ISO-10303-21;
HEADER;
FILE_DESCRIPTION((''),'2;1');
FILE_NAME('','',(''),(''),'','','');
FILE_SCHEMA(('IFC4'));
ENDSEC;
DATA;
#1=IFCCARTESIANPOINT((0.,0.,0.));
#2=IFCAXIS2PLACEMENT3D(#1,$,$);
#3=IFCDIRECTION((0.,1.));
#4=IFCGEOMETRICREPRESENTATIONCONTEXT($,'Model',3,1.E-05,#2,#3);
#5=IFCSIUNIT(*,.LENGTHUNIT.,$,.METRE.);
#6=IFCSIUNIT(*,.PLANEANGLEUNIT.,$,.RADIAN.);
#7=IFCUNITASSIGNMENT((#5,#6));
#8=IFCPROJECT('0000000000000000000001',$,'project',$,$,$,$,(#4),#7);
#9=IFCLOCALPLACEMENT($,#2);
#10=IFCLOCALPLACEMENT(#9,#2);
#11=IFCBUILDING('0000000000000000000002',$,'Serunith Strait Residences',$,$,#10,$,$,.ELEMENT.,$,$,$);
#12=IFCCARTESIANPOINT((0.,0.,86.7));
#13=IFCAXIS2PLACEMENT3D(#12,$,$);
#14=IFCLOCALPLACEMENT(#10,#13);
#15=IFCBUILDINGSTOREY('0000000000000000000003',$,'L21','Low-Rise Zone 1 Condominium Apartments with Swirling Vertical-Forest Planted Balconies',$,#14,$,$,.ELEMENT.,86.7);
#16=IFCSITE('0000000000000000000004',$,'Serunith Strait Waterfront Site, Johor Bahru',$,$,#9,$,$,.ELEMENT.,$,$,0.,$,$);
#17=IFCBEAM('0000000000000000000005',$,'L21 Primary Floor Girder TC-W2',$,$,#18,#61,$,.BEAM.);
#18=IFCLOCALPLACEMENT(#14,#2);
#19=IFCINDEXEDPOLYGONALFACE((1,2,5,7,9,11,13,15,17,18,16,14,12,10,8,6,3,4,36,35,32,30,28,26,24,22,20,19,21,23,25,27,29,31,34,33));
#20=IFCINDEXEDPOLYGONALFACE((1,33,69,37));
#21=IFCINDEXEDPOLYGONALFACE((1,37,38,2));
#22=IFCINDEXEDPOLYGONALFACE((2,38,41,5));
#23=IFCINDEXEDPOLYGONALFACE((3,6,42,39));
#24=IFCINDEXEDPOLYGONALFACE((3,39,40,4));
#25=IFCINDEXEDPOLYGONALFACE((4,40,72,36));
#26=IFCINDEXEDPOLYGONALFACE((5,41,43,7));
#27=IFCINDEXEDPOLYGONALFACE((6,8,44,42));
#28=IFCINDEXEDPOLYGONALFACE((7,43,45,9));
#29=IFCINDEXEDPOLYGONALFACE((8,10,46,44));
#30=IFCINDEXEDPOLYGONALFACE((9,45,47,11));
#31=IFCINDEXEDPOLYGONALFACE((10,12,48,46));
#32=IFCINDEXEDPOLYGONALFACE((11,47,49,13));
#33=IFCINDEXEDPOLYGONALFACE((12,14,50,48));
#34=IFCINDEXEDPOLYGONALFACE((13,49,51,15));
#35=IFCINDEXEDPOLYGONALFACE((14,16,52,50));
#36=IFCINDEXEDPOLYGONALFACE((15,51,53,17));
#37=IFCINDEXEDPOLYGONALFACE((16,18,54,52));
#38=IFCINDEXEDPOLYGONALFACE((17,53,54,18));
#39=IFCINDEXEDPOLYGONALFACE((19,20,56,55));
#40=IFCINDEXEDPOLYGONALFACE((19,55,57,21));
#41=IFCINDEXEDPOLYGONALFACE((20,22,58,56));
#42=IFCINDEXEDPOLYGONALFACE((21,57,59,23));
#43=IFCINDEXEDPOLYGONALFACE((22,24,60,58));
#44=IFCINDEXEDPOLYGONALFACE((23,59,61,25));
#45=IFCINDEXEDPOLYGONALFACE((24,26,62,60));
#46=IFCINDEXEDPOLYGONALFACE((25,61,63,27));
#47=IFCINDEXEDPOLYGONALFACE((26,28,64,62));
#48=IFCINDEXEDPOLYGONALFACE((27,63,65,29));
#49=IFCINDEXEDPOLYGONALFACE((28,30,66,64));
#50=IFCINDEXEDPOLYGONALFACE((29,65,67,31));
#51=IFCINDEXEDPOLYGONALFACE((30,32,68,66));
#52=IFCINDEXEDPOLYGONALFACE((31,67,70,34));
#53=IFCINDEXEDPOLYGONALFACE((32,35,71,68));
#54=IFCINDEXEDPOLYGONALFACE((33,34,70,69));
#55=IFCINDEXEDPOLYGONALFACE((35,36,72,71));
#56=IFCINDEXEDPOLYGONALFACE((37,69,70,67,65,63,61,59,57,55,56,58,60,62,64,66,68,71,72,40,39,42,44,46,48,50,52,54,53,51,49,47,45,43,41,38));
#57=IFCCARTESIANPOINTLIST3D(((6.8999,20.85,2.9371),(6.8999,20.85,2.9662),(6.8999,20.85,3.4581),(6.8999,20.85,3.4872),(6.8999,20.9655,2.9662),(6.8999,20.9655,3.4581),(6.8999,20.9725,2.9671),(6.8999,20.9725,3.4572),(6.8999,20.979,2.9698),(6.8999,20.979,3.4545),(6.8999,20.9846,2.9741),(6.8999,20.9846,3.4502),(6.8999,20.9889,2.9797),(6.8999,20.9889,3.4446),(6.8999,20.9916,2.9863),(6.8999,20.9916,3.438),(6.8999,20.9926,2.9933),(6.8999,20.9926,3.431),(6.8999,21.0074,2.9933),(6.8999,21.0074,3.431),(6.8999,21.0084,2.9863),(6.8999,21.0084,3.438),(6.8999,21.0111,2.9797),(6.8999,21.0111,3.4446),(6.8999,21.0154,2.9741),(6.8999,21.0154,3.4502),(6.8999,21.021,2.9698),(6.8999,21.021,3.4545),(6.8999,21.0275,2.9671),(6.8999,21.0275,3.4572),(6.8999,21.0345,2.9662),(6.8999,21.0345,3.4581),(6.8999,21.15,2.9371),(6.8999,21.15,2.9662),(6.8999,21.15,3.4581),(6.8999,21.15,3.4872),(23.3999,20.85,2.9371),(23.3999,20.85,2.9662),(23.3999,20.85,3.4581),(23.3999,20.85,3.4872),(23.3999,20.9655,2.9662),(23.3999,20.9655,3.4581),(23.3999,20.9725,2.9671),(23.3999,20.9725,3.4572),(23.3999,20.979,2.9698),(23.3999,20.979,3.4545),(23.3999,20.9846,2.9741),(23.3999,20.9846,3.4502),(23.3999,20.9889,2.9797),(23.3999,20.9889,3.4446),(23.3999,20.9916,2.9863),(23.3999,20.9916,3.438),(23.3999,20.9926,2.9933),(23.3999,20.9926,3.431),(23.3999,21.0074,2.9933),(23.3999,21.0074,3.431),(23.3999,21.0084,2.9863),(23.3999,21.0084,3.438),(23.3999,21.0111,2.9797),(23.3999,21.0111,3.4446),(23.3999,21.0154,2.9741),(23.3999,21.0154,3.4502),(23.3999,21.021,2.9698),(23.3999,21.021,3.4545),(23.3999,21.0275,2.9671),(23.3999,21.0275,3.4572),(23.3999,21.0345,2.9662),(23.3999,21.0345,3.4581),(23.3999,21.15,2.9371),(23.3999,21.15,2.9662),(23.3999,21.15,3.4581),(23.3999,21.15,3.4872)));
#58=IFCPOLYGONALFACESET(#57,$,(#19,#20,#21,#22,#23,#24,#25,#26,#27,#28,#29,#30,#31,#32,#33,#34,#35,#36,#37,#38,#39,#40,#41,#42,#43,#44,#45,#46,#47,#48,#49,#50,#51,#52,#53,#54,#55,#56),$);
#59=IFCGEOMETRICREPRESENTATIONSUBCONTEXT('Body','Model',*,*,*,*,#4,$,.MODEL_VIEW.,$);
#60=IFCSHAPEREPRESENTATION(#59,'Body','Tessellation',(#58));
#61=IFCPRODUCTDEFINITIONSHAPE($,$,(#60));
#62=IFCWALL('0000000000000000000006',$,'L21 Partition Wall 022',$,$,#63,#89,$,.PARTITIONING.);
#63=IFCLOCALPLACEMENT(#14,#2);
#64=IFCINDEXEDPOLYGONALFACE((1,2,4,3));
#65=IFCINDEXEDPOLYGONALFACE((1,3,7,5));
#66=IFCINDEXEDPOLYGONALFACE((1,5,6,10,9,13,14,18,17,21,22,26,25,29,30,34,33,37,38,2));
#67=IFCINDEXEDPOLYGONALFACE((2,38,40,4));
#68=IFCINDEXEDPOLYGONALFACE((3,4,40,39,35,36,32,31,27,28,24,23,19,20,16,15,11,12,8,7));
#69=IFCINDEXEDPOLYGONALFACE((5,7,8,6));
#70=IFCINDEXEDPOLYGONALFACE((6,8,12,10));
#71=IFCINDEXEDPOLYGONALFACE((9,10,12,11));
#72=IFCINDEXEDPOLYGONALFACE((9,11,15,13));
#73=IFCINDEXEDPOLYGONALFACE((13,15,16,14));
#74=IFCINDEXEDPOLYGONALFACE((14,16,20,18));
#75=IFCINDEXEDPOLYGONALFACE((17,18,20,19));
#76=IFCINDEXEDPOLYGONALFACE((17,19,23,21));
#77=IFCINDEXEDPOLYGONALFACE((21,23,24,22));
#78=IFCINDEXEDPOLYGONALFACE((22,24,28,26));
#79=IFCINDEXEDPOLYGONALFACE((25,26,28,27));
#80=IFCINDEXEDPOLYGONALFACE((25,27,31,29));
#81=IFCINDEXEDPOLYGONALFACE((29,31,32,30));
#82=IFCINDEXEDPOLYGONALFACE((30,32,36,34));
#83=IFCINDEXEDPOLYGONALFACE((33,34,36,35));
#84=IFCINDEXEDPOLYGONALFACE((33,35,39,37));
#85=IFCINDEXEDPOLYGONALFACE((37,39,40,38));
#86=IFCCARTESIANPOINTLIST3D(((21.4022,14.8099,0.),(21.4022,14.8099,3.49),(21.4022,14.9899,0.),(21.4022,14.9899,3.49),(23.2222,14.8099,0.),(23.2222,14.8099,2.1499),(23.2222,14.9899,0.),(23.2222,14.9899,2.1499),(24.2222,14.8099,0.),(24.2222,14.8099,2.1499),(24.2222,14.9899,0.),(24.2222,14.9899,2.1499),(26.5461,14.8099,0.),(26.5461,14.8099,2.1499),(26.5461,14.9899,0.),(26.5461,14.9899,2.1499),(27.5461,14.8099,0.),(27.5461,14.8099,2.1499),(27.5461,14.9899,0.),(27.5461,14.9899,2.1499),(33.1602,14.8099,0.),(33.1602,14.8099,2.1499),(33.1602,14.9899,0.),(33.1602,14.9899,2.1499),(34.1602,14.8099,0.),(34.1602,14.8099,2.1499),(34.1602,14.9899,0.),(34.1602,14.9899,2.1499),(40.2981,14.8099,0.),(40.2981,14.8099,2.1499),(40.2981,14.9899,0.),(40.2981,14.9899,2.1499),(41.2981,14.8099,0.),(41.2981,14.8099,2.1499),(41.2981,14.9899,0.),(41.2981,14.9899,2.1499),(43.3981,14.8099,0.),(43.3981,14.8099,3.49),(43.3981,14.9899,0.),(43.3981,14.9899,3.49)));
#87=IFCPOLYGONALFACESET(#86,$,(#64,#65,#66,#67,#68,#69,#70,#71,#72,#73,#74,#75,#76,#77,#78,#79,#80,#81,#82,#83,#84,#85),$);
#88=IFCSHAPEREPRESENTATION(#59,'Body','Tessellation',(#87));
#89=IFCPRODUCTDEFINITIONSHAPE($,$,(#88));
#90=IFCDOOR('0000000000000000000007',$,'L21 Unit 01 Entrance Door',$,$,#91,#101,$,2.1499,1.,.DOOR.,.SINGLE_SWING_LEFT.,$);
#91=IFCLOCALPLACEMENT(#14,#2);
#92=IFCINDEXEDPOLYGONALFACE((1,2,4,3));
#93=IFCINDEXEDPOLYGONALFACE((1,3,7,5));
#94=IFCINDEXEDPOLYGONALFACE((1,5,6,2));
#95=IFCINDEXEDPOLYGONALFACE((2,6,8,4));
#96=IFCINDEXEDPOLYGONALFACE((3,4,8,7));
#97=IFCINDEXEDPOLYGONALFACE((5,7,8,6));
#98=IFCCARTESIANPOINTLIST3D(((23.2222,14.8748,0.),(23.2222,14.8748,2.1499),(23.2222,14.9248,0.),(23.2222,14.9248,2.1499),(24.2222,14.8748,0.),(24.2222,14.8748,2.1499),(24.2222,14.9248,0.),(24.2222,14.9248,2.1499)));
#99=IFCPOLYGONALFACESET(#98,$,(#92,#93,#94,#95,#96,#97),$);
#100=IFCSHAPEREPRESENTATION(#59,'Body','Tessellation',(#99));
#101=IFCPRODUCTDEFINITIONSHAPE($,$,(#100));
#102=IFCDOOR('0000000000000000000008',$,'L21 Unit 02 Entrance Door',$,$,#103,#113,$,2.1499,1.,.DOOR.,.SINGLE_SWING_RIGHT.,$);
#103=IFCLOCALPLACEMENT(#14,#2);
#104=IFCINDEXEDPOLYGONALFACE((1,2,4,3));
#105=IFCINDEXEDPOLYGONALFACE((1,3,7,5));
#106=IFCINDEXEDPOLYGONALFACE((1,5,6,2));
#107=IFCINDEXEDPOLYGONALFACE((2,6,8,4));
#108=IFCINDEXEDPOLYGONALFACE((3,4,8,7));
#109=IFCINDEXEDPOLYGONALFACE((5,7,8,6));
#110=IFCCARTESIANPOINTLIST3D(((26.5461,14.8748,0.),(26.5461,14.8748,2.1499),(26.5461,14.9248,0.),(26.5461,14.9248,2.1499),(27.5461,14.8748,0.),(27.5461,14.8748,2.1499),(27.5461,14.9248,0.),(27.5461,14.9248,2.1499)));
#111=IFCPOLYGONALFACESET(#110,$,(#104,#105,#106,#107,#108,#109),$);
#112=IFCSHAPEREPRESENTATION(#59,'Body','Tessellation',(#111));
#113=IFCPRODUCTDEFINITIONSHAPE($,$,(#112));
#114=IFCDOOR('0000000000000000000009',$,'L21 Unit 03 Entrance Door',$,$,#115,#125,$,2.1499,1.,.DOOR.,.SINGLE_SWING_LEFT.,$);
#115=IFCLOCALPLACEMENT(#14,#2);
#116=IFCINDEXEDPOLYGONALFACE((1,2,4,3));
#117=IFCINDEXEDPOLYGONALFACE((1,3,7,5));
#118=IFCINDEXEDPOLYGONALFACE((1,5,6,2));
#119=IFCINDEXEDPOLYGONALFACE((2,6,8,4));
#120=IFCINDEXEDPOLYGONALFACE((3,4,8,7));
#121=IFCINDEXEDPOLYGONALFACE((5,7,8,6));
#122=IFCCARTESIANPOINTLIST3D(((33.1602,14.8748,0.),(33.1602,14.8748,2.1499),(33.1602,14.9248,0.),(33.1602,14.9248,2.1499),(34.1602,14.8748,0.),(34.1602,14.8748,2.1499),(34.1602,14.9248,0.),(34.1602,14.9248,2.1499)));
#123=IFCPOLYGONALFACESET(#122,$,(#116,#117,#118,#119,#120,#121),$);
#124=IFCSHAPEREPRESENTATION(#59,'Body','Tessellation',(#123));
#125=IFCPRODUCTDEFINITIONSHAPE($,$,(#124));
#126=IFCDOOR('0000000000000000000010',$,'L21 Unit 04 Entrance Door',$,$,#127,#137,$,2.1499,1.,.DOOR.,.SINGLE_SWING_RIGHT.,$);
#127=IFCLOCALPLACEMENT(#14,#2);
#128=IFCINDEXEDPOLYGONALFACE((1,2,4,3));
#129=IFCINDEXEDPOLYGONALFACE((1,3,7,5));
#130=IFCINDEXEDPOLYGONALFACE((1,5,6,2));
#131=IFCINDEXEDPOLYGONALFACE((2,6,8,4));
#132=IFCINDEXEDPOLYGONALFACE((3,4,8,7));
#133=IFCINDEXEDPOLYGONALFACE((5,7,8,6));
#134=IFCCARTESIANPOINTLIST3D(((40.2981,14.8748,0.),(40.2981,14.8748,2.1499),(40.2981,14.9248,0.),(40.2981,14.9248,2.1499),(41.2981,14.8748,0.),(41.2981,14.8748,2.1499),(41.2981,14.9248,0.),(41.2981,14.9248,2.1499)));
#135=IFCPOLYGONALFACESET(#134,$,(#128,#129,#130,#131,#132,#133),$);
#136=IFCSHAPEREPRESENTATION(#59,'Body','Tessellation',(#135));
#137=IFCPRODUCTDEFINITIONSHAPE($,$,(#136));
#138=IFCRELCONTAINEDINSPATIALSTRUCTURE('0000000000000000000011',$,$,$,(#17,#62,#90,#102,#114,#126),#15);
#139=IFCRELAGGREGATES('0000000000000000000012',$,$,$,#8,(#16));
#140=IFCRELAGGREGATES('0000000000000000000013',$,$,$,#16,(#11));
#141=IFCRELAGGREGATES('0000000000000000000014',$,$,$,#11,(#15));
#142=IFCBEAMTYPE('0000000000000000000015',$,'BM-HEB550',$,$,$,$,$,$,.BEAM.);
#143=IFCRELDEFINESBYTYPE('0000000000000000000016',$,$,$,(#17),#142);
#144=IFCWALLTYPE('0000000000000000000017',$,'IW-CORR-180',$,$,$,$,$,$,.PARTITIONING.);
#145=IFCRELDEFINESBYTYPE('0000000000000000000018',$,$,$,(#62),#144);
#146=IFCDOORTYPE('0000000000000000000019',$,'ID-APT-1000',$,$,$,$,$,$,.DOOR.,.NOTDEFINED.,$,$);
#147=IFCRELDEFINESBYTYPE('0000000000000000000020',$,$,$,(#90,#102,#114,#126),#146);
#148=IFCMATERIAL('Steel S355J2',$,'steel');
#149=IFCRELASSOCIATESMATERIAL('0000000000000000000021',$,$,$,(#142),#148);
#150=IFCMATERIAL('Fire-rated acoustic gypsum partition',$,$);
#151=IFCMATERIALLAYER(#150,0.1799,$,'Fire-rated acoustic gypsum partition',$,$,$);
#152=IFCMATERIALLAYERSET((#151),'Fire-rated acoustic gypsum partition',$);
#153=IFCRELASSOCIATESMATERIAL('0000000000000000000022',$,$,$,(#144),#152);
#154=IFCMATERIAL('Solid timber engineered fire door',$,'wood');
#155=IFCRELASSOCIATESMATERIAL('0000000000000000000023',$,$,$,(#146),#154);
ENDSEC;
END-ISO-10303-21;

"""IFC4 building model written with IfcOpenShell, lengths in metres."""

from ifc_helpers import new_model, si_unit, direction, frame, frame_2d, origin, origin_2d, place, context, subcontext, project, spatial, rectangle, i_section, extrude, source, transform, mapped, material, layer, layer_set, material_profile, profile_set, type_object, element, fill, save


model = new_model("IFC4")

# Units and contexts
model_context = context("Model", 3, precision=1e-05, world=origin(), true_north=direction((0.0, 1.0)))
body_context = subcontext(model_context, "Body", "Model", "MODEL_VIEW")
ifc_project = project(units=[si_unit("LENGTHUNIT", "METRE"), si_unit("PLANEANGLEUNIT", "RADIAN")], contexts=[model_context])

# Site, building, storey
site_placement = place(None, origin())
site = spatial("IfcSite", under=ifc_project, at=site_placement, Name="Serunith Strait Waterfront Site, Johor Bahru", CompositionType="ELEMENT", RefElevation=0.0)
building_placement = place(site_placement, origin())
building = spatial("IfcBuilding", under=site, at=building_placement, Name="Serunith Strait Residences", CompositionType="ELEMENT")
storey_placement = place(building_placement, frame((0.0, 0.0, 86.7)))
storey = spatial("IfcBuildingStorey", under=building, at=storey_placement, Name="L21", Description="Low-Rise Zone 1 Condominium Apartments with Swirling Vertical-Forest Planted Balconies", CompositionType="ELEMENT", Elevation=86.7)

# Beam
ifc_material_1 = material(Name="Steel S355J2", Category="steel")
ifc_material_profile = material_profile(ifc_material_1, i_section(OverallWidth=0.3, OverallDepth=0.55, WebThickness=0.0149, FlangeThickness=0.0291, FilletRadius=0.0271, at=origin_2d()), Name="HEB 550")
ifc_profile_set = profile_set([ifc_material_profile], Name="Steel S355J2")
beam_type = type_object("IfcBeamType", Name="BM-HEB550", PredefinedType="BEAM", material=ifc_profile_set)
shared_shape_1 = source(origin(), body_context, "Body", "SweptSolid", [
    extrude(i_section(OverallWidth=0.3, OverallDepth=0.55, WebThickness=0.0149, FlangeThickness=0.0291, FilletRadius=0.0271, at=origin_2d()), origin(), (0.0, 0.0, 1.0), 16.5),
])
beam_placement = place(storey_placement, frame((23.3999, 21.0, 3.2122), z_axis=(-1.0, 0.0, 0.0), x_axis=(0.0, -1.0, 0.0)))
element("IfcBeam", 1, at=beam_placement, inside=storey, type_object=beam_type, Name="L21 Primary Floor Girder TC-W2", PredefinedType="BEAM", context=body_context, shape_type="MappedRepresentation", body=[
    mapped(shared_shape_1, transform((0.0, 0.0, 0.0), scale=1.0)),
])

# Wall, openings, doors
ifc_material_2 = material(Name="Fire-rated acoustic gypsum partition")
ifc_layer_1 = layer(ifc_material_2, 0.1799, Name="Fire-rated acoustic gypsum partition")
ifc_layer_set_1 = layer_set([ifc_layer_1], Name="Fire-rated acoustic gypsum partition")
wall_type_1 = type_object("IfcWallType", Name="IW-CORR-180", PredefinedType="PARTITIONING", material=ifc_layer_set_1)
wall_1_placement = place(storey_placement, frame((21.4021, 14.8999, 0.0), z_axis=(0.0, 0.0, 1.0), x_axis=(1.0, 0.0, 0.0)))
wall_1 = element("IfcWall", 2, at=wall_1_placement, inside=storey, type_object=wall_type_1, Name="L21 Partition Wall 022", PredefinedType="PARTITIONING", context=body_context, shape_type="SweptSolid", body=[
    extrude(rectangle(XDim=21.9958, YDim=0.1799, at=frame_2d((10.998, 0.0))), origin(), (0.0, 0.0, 1.0), 3.49),
])
opening_1_placement = place(wall_1_placement, frame((1.8201, 0.0, 0.0)))
opening_1 = element("IfcOpeningElement", 3, at=opening_1_placement, cuts=wall_1, PredefinedType="OPENING", context=body_context, shape_type="SweptSolid", body=[
    extrude(rectangle(XDim=1.0, YDim=2.1499, at=frame_2d((0.5, 1.075))), frame((0.0, 0.1001, 0.0), z_axis=(0.0, -1.0, 0.0), x_axis=(1.0, 0.0, 0.0)), (0.0, 0.0, 1.0), 0.2),
])
opening_2_placement = place(wall_1_placement, frame((5.144, 0.0, 0.0)))
opening_2 = element("IfcOpeningElement", 4, at=opening_2_placement, cuts=wall_1, PredefinedType="OPENING", context=body_context, shape_type="SweptSolid", body=[
    extrude(rectangle(XDim=1.0, YDim=2.1499, at=frame_2d((0.5, 1.075))), frame((0.0, 0.1001, 0.0), z_axis=(0.0, -1.0, 0.0), x_axis=(1.0, 0.0, 0.0)), (0.0, 0.0, 1.0), 0.2),
])
opening_3_placement = place(wall_1_placement, frame((11.7581, 0.0, 0.0)))
opening_3 = element("IfcOpeningElement", 5, at=opening_3_placement, cuts=wall_1, PredefinedType="OPENING", context=body_context, shape_type="SweptSolid", body=[
    extrude(rectangle(XDim=1.0, YDim=2.1499, at=frame_2d((0.5, 1.075))), frame((0.0, 0.1001, 0.0), z_axis=(0.0, -1.0, 0.0), x_axis=(1.0, 0.0, 0.0)), (0.0, 0.0, 1.0), 0.2),
])
opening_4_placement = place(wall_1_placement, frame((18.896, 0.0, 0.0)))
opening_4 = element("IfcOpeningElement", 6, at=opening_4_placement, cuts=wall_1, PredefinedType="OPENING", context=body_context, shape_type="SweptSolid", body=[
    extrude(rectangle(XDim=1.0, YDim=2.1499, at=frame_2d((0.5, 1.075))), frame((0.0, 0.1001, 0.0), z_axis=(0.0, -1.0, 0.0), x_axis=(1.0, 0.0, 0.0)), (0.0, 0.0, 1.0), 0.2),
])
ifc_material_3 = material(Name="Solid timber engineered fire door", Category="wood")
door_type_1 = type_object("IfcDoorType", Name="ID-APT-1000", OperationType="NOTDEFINED", PredefinedType="DOOR", material=ifc_material_3)
shared_shape_2 = source(origin(), body_context, "Body", "SweptSolid", [
    extrude(rectangle(XDim=1.0, YDim=2.1499, at=frame_2d((0.5, 1.075))), frame((0.0, 0.0249, 0.0), z_axis=(0.0, -1.0, 0.0), x_axis=(1.0, 0.0, 0.0)), (0.0, 0.0, 1.0), 0.05),
])
door_1_placement = place(opening_1_placement, origin())
door_1 = element("IfcDoor", 7, at=door_1_placement, inside=storey, type_object=door_type_1, Name="L21 Unit 01 Entrance Door", OperationType="SINGLE_SWING_LEFT", OverallHeight=2.1499, OverallWidth=1.0, PredefinedType="DOOR", context=body_context, shape_type="MappedRepresentation", body=[
    mapped(shared_shape_2, transform((0.0, 0.0, 0.0), scale=1.0)),
])
fill(opening_1, door_1)
door_2_placement = place(opening_2_placement, origin())
door_2 = element("IfcDoor", 8, at=door_2_placement, inside=storey, type_object=door_type_1, Name="L21 Unit 02 Entrance Door", OperationType="SINGLE_SWING_RIGHT", OverallHeight=2.1499, OverallWidth=1.0, PredefinedType="DOOR", context=body_context, shape_type="MappedRepresentation", body=[
    mapped(shared_shape_2, transform((0.0, 0.0, 0.0), scale=1.0)),
])
fill(opening_2, door_2)
door_3_placement = place(opening_3_placement, origin())
door_3 = element("IfcDoor", 9, at=door_3_placement, inside=storey, type_object=door_type_1, Name="L21 Unit 03 Entrance Door", OperationType="SINGLE_SWING_LEFT", OverallHeight=2.1499, OverallWidth=1.0, PredefinedType="DOOR", context=body_context, shape_type="MappedRepresentation", body=[
    mapped(shared_shape_2, transform((0.0, 0.0, 0.0), scale=1.0)),
])
fill(opening_3, door_3)
door_4_placement = place(opening_4_placement, origin())
door_4 = element("IfcDoor", 10, at=door_4_placement, inside=storey, type_object=door_type_1, Name="L21 Unit 04 Entrance Door", OperationType="SINGLE_SWING_RIGHT", OverallHeight=2.1499, OverallWidth=1.0, PredefinedType="DOOR", context=body_context, shape_type="MappedRepresentation", body=[
    mapped(shared_shape_2, transform((0.0, 0.0, 0.0), scale=1.0)),
])
fill(opening_4, door_4)

save(model, "model.ifc")
